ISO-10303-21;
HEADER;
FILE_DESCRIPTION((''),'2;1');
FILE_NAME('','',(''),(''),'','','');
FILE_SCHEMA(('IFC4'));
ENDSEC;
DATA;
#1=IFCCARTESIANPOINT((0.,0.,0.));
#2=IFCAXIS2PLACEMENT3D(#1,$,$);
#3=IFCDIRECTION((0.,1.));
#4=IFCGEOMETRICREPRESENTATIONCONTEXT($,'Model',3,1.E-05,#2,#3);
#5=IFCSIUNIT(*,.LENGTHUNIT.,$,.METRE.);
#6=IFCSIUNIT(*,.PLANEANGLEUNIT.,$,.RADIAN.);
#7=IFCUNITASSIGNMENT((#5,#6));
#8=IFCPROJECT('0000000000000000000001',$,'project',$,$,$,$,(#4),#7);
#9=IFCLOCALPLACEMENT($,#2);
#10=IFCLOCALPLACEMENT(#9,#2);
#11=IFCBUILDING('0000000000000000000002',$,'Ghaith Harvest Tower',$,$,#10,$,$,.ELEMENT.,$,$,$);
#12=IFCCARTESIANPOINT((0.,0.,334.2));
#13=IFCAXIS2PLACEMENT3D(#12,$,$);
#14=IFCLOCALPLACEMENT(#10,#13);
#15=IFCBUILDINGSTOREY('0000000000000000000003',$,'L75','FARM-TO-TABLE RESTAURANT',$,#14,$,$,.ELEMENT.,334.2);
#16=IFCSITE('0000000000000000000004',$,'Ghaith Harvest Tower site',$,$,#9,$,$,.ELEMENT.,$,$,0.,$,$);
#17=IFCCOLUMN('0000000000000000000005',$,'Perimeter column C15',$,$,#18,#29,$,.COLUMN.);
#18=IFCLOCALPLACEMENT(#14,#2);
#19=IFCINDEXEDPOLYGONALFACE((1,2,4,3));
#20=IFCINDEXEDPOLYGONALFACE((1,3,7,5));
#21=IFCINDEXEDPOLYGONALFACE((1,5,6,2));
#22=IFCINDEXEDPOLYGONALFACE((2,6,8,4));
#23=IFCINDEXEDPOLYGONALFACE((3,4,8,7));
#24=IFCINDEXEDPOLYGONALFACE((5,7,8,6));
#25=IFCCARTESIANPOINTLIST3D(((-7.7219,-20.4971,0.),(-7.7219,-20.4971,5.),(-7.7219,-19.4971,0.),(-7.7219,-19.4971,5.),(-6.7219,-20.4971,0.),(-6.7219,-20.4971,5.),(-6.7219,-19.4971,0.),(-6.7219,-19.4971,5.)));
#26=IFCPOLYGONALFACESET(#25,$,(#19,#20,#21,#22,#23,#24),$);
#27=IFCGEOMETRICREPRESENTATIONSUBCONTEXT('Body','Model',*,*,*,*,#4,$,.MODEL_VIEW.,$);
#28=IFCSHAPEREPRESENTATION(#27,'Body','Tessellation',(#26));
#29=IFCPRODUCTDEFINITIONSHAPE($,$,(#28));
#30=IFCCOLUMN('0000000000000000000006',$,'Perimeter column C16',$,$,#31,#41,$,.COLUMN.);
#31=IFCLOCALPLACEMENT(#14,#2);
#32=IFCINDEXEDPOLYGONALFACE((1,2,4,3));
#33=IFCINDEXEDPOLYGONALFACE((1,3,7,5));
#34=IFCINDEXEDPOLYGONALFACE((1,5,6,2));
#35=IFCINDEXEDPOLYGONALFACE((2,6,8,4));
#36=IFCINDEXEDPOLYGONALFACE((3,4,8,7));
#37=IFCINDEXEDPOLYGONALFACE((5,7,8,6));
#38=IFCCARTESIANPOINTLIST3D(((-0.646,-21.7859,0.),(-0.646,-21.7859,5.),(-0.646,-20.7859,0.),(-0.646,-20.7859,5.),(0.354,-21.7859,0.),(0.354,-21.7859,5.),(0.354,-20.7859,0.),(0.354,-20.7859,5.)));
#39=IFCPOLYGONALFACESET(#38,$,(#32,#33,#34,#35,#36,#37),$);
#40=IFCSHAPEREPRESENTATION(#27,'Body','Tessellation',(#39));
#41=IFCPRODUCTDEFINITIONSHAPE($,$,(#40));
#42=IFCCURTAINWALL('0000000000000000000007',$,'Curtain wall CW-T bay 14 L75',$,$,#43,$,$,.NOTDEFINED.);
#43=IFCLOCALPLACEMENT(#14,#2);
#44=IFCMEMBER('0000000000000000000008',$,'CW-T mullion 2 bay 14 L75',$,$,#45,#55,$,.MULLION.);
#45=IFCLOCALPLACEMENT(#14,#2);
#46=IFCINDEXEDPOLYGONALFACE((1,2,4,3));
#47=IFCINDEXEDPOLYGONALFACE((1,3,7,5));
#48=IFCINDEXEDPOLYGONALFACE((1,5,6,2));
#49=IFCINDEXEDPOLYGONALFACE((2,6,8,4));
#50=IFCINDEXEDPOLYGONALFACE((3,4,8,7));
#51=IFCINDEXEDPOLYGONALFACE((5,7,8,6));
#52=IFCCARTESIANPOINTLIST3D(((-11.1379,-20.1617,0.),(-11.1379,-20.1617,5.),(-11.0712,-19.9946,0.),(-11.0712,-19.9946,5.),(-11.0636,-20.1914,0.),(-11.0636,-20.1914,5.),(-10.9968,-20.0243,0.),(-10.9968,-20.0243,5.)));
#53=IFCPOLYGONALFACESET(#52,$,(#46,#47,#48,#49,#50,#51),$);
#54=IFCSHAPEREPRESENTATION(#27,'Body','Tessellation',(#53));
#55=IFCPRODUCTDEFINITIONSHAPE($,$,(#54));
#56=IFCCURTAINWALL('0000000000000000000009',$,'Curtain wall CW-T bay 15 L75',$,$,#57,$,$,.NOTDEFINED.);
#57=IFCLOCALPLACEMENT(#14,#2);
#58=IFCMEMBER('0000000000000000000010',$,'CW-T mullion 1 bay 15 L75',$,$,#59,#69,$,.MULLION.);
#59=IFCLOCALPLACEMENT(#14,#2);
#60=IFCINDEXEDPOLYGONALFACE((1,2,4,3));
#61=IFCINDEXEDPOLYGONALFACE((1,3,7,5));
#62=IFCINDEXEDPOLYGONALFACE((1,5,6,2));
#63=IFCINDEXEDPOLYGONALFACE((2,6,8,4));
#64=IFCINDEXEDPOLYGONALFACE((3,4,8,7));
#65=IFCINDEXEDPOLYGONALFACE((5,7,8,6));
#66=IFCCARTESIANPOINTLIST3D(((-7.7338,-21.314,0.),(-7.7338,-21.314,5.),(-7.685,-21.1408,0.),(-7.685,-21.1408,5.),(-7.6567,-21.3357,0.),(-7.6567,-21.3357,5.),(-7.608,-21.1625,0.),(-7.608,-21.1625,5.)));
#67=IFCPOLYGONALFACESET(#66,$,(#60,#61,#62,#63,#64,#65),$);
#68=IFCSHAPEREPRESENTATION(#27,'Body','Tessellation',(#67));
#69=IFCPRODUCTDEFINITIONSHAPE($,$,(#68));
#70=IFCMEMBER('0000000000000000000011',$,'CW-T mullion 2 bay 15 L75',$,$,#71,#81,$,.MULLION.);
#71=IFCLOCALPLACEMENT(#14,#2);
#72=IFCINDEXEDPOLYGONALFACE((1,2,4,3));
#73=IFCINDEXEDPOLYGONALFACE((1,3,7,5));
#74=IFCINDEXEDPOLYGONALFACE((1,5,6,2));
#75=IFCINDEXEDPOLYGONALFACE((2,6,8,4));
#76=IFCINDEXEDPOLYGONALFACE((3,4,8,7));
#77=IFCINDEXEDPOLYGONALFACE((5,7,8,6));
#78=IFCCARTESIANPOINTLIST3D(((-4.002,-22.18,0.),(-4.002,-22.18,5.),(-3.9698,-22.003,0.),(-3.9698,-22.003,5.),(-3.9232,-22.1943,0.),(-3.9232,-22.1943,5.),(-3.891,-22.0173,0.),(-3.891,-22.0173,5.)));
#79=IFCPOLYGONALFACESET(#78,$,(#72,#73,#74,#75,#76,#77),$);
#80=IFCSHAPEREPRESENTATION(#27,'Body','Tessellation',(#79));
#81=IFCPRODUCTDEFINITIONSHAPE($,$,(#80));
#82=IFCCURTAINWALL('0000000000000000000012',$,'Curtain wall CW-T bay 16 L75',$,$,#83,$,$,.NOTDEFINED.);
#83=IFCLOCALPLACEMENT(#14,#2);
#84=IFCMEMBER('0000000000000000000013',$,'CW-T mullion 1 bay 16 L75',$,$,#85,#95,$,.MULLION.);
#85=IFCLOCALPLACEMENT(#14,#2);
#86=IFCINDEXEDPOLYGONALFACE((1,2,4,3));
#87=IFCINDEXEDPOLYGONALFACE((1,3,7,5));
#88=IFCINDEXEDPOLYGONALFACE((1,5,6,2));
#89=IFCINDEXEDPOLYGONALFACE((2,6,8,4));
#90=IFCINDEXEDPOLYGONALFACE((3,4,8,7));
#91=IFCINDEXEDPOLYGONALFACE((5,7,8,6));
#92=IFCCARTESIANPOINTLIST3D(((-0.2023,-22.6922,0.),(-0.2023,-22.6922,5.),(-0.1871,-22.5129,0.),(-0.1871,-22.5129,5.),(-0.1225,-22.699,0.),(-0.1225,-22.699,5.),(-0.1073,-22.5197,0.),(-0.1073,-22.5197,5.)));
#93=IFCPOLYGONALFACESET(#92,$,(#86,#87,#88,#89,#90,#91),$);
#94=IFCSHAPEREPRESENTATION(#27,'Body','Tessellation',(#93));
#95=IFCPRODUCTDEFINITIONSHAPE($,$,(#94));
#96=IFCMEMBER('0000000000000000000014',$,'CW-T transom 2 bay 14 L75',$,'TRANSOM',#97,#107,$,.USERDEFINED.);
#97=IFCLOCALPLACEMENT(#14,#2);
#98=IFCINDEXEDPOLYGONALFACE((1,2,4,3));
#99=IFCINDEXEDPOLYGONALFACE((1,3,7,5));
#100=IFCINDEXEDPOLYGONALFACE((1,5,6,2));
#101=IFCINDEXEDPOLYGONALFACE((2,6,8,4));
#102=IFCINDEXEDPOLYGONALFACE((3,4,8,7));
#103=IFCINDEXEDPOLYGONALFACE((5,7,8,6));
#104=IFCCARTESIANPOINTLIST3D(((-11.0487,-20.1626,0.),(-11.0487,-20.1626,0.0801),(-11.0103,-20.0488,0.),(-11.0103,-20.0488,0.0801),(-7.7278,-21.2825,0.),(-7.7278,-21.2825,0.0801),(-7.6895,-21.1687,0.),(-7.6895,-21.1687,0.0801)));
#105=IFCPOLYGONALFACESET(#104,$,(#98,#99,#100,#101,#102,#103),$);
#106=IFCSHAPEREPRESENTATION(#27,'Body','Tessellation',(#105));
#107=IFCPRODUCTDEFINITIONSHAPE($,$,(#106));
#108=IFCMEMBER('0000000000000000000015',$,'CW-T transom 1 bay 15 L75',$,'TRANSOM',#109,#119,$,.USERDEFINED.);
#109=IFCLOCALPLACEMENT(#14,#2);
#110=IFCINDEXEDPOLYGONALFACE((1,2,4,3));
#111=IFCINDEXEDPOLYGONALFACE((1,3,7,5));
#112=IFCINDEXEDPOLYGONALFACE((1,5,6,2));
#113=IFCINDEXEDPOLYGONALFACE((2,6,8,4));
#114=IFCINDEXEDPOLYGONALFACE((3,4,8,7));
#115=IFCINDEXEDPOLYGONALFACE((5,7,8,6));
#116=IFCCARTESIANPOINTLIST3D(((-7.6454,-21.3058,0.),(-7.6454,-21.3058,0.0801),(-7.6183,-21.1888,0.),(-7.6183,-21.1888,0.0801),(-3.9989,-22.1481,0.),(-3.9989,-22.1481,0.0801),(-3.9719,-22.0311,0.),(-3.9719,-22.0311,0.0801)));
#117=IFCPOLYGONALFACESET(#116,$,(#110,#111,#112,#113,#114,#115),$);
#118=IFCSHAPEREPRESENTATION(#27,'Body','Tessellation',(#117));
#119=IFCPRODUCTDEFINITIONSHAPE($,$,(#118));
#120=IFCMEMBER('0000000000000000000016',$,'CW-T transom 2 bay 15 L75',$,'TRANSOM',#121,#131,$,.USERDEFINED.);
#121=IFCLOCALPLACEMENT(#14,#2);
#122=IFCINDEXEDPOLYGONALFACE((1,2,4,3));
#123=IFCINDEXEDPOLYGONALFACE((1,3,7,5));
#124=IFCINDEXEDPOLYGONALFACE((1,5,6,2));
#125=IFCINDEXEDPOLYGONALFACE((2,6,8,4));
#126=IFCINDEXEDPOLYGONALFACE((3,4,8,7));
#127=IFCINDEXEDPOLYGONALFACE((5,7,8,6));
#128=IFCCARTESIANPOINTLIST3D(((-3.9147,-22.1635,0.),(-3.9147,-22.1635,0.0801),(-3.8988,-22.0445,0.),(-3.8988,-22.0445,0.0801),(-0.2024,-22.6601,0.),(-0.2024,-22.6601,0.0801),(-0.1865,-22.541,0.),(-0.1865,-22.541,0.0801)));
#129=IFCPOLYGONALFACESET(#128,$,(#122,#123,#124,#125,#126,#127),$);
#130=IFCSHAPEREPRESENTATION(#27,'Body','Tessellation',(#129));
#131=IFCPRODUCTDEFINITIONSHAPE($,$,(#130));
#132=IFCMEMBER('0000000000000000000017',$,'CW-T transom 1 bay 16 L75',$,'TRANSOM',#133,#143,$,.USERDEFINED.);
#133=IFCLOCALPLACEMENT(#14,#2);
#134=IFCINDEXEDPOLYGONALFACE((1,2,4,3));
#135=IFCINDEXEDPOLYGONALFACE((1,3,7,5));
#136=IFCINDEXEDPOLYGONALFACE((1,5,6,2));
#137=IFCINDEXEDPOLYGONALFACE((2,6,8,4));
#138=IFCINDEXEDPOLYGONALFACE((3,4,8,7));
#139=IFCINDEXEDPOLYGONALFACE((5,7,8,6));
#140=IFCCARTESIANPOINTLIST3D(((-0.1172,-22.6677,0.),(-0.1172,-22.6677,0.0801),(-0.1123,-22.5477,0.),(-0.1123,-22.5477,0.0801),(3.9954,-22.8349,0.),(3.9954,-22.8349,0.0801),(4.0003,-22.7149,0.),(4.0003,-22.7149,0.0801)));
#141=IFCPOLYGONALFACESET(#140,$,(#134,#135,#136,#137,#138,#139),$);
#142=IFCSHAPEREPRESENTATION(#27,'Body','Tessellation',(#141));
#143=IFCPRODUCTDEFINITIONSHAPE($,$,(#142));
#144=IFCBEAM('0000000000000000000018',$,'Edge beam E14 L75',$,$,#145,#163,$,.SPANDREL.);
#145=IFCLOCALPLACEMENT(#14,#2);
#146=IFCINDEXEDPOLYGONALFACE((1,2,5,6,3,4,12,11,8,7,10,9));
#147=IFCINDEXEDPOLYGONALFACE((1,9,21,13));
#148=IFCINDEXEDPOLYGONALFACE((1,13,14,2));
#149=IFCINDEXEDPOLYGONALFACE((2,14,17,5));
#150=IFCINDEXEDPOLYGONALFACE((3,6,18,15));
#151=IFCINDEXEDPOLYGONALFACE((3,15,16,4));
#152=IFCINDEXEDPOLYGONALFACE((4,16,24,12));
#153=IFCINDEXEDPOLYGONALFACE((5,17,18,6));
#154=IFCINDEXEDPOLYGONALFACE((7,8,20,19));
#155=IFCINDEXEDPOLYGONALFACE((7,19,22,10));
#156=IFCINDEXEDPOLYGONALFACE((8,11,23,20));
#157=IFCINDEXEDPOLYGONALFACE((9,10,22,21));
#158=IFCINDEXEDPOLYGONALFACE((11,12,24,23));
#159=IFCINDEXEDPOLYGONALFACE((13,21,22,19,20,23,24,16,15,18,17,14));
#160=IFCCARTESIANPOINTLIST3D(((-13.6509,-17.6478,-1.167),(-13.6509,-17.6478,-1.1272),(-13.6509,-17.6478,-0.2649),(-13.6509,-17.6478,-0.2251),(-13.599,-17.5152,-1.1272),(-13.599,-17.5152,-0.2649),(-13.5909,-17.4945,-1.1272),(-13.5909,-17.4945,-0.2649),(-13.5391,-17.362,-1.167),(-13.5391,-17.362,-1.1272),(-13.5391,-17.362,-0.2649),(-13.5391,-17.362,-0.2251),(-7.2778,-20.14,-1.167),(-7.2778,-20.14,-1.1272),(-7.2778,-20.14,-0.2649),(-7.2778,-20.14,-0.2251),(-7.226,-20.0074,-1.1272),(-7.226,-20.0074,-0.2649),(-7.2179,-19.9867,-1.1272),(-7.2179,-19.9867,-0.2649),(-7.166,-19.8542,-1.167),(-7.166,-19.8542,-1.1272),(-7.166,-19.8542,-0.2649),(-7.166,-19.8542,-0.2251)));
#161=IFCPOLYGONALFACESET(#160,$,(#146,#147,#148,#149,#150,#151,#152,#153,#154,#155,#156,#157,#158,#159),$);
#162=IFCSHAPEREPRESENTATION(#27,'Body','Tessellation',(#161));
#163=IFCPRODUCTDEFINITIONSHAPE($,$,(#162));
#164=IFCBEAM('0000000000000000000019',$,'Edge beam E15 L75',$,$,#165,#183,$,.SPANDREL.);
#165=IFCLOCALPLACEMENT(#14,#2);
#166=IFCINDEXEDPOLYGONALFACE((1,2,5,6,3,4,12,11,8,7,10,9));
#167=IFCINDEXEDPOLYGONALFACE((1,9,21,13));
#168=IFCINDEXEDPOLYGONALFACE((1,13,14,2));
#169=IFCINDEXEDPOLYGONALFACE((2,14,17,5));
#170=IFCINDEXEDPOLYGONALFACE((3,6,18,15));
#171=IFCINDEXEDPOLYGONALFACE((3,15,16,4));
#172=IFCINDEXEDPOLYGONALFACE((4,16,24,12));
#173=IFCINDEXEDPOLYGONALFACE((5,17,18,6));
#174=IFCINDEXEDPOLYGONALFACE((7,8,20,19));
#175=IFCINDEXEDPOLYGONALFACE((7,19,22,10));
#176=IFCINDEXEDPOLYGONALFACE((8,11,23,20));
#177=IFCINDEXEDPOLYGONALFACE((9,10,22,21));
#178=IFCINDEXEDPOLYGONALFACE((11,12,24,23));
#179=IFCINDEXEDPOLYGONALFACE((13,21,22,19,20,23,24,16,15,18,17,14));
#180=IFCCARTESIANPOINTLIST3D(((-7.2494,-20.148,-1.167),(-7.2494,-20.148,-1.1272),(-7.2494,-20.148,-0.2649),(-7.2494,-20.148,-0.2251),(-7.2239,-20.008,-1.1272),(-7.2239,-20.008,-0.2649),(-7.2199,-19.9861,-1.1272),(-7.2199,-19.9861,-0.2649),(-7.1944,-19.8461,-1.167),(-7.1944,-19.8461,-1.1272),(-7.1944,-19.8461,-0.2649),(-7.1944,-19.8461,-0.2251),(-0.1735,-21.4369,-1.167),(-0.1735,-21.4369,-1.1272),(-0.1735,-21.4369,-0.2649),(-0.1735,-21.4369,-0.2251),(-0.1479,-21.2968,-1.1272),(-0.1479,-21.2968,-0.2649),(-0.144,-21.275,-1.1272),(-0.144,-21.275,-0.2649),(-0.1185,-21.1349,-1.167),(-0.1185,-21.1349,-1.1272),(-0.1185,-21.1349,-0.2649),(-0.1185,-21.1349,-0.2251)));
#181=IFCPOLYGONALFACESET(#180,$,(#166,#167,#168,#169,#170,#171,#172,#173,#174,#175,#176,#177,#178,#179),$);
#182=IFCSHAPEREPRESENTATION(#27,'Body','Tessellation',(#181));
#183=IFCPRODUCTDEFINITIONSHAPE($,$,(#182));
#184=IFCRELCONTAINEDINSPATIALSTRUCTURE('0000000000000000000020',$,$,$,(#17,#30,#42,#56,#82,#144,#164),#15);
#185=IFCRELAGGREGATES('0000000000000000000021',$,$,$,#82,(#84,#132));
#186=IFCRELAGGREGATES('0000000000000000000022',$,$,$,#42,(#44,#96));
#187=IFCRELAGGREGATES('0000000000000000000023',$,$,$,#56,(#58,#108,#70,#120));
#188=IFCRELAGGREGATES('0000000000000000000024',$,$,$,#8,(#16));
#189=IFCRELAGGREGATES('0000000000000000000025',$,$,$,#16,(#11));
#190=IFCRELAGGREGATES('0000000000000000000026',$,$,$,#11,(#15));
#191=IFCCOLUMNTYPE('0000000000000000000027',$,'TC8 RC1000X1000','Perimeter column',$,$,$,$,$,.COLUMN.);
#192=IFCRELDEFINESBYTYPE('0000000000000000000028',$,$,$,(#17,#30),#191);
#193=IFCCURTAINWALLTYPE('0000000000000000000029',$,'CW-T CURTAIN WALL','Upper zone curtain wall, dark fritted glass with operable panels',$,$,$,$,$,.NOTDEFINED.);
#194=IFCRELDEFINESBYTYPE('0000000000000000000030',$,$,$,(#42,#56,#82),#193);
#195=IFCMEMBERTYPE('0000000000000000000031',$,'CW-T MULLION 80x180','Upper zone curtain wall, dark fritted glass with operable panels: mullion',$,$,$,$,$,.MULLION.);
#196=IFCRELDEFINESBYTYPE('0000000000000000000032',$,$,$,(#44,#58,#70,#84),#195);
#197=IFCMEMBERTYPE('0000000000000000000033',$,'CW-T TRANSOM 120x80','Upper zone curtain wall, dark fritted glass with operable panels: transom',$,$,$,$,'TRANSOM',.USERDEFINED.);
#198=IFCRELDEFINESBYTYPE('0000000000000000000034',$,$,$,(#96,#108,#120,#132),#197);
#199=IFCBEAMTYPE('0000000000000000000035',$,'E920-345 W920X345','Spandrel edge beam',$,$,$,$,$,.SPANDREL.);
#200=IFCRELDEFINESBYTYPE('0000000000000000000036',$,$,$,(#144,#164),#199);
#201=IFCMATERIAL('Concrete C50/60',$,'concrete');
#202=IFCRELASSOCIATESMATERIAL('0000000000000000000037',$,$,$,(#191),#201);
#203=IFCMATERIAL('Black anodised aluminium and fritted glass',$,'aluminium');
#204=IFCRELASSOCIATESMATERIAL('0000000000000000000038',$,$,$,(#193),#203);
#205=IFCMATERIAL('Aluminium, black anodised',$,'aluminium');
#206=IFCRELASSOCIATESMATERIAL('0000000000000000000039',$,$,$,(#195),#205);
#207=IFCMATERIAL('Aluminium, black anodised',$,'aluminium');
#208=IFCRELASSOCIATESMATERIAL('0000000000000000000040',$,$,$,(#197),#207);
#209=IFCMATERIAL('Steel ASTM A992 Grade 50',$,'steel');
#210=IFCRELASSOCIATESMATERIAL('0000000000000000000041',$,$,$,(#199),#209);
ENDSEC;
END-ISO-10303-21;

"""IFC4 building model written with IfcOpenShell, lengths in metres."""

from ifc_helpers import new_model, si_unit, direction, frame, origin, origin_2d, place, context, subcontext, project, spatial, rectangle, i_section, extrude, material, material_profile, profile_set, type_object, element, aggregate, save


model = new_model("IFC4")

# Units and contexts
model_context = context("Model", 3, precision=1e-05, world=origin(), true_north=direction((0.0, 1.0)))
body_context = subcontext(model_context, "Body", "Model", "MODEL_VIEW")
ifc_project = project(units=[si_unit("LENGTHUNIT", "METRE"), si_unit("PLANEANGLEUNIT", "RADIAN")], contexts=[model_context])

# Site, building, storey
site_placement = place(None, origin())
site = spatial("IfcSite", under=ifc_project, at=site_placement, Name="Ghaith Harvest Tower site", CompositionType="ELEMENT", RefElevation=0.0)
building_placement = place(site_placement, origin())
building = spatial("IfcBuilding", under=site, at=building_placement, Name="Ghaith Harvest Tower", CompositionType="ELEMENT")
storey_placement = place(building_placement, frame((0.0, 0.0, 334.2)))
storey = spatial("IfcBuildingStorey", under=building, at=storey_placement, Name="L75", Description="FARM-TO-TABLE RESTAURANT", CompositionType="ELEMENT", Elevation=334.2)

# Columns
ifc_material_1 = material(Name="Concrete C50/60", Category="concrete")
ifc_material_profile_1 = material_profile(ifc_material_1, rectangle(XDim=1.0, YDim=1.0, at=origin_2d()), Name="RC1000X1000")
ifc_profile_set_1 = profile_set([ifc_material_profile_1], Name="Concrete C50/60")
column_type = type_object("IfcColumnType", Name="TC8 RC1000X1000", Description="Perimeter column", PredefinedType="COLUMN", material=ifc_profile_set_1)
for number, where, z_axis, x_axis, name in (
    (1, (-7.2219, -19.9971, 0.0), (0.0, 0.0, 1.0), (1.0, 0.0, 0.0), "Perimeter column C15"),
    (2, (-0.146, -21.2859, 0.0), (0.0, 0.0, 1.0), (1.0, 0.0, 0.0), "Perimeter column C16"),
):
    element("IfcColumn", number, at=place(storey_placement, frame(where, z_axis=z_axis, x_axis=x_axis)), inside=storey, type_object=column_type, Name=name, PredefinedType="COLUMN", context=body_context, shape_type="SweptSolid", body=[
        extrude(rectangle(XDim=1.0, YDim=1.0, at=origin_2d()), origin(), (0.0, 0.0, 1.0), 5.0),
    ])

# Curtain wall, member
ifc_material_2 = material(Name="Black anodised aluminium and fritted glass", Category="aluminium")
curtain_wall_type = type_object("IfcCurtainWallType", Name="CW-T CURTAIN WALL", Description="Upper zone curtain wall, dark fritted glass with operable panels", PredefinedType="NOTDEFINED", material=ifc_material_2)
curtain_wall_1_placement = place(storey_placement, origin())
curtain_wall_1 = element("IfcCurtainWall", 3, at=curtain_wall_1_placement, inside=storey, type_object=curtain_wall_type, Name="Curtain wall CW-T bay 14 L75", PredefinedType="NOTDEFINED")
ifc_material_3 = material(Name="Aluminium, black anodised", Category="aluminium")
ifc_material_profile_2 = material_profile(ifc_material_3, rectangle(XDim=0.0801, YDim=0.1799, at=origin_2d()), Name="CW-T MULLION 80x180")
ifc_profile_set_2 = profile_set([ifc_material_profile_2], Name="Aluminium, black anodised")
member_type_1 = type_object("IfcMemberType", Name="CW-T MULLION 80x180", Description="Upper zone curtain wall, dark fritted glass with operable panels: mullion", PredefinedType="MULLION", material=ifc_profile_set_2)
member_1_placement = place(storey_placement, frame((-11.0674, -20.093, 0.0), z_axis=(0.0, 0.0, 1.0), x_axis=(0.928624, -0.371021, 0.0)))
member_1 = element("IfcMember", 4, at=member_1_placement, type_object=member_type_1, Name="CW-T mullion 2 bay 14 L75", PredefinedType="MULLION", context=body_context, shape_type="SweptSolid", body=[
    extrude(rectangle(XDim=0.0801, YDim=0.1799, at=origin_2d()), origin(), (0.0, 0.0, 1.0), 5.0),
])

# Curtain wall, members
curtain_wall_2_placement = place(storey_placement, origin())
curtain_wall_2 = element("IfcCurtainWall", 5, at=curtain_wall_2_placement, inside=storey, type_object=curtain_wall_type, Name="Curtain wall CW-T bay 15 L75", PredefinedType="NOTDEFINED")
member_2_placement = place(storey_placement, frame((-7.6709, -21.2383, 0.0), z_axis=(0.0, 0.0, 1.0), x_axis=(0.962552, -0.271095, 0.0)))
member_2 = element("IfcMember", 6, at=member_2_placement, type_object=member_type_1, Name="CW-T mullion 1 bay 15 L75", PredefinedType="MULLION", context=body_context, shape_type="SweptSolid", body=[
    extrude(rectangle(XDim=0.0801, YDim=0.1799, at=origin_2d()), origin(), (0.0, 0.0, 1.0), 5.0),
])
member_3_placement = place(storey_placement, frame((-3.9465, -22.0986, 0.0), z_axis=(0.0, 0.0, 1.0), x_axis=(0.983843, -0.179031, 0.0)))
member_3 = element("IfcMember", 7, at=member_3_placement, type_object=member_type_1, Name="CW-T mullion 2 bay 15 L75", PredefinedType="MULLION", context=body_context, shape_type="SweptSolid", body=[
    extrude(rectangle(XDim=0.0801, YDim=0.1799, at=origin_2d()), origin(), (0.0, 0.0, 1.0), 5.0),
])

# Curtain wall, member
curtain_wall_3_placement = place(storey_placement, origin())
curtain_wall_3 = element("IfcCurtainWall", 8, at=curtain_wall_3_placement, inside=storey, type_object=curtain_wall_type, Name="Curtain wall CW-T bay 16 L75", PredefinedType="NOTDEFINED")
member_4_placement = place(storey_placement, frame((-0.1548, -22.606, 0.0), z_axis=(0.0, 0.0, 1.0), x_axis=(0.996415, -0.084602, 0.0)))
member_4 = element("IfcMember", 9, at=member_4_placement, type_object=member_type_1, Name="CW-T mullion 1 bay 16 L75", PredefinedType="MULLION", context=body_context, shape_type="SweptSolid", body=[
    extrude(rectangle(XDim=0.0801, YDim=0.1799, at=origin_2d()), origin(), (0.0, 0.0, 1.0), 5.0),
])

# Members
ifc_material_4 = material(Name="Aluminium, black anodised", Category="aluminium")
ifc_material_profile_3 = material_profile(ifc_material_4, rectangle(XDim=0.1201, YDim=0.0801, at=origin_2d()), Name="CW-T TRANSOM 120x80")
ifc_profile_set_3 = profile_set([ifc_material_profile_3], Name="Aluminium, black anodised")
member_type_2 = type_object("IfcMemberType", Name="CW-T TRANSOM 120x80", Description="Upper zone curtain wall, dark fritted glass with operable panels: transom", ElementType="TRANSOM", PredefinedType="USERDEFINED", material=ifc_profile_set_3)
member_5_placement = place(storey_placement, frame((-11.0295, -20.1057, 0.04), z_axis=(0.94757, -0.319549, 0.0), x_axis=(0.319549, 0.94757, 0.0)))
member_5 = element("IfcMember", 10, at=member_5_placement, type_object=member_type_2, Name="CW-T transom 2 bay 14 L75", ObjectType="TRANSOM", PredefinedType="USERDEFINED", context=body_context, shape_type="SweptSolid", body=[
    extrude(rectangle(XDim=0.1201, YDim=0.0801, at=origin_2d()), origin(), (0.0, 0.0, 1.0), 3.5046),
])
member_6_placement = place(storey_placement, frame((-7.6318, -21.2473, 0.04), z_axis=(0.974345, -0.22506, 0.0), x_axis=(0.22506, 0.974345, 0.0)))
member_6 = element("IfcMember", 11, at=member_6_placement, type_object=member_type_2, Name="CW-T transom 1 bay 15 L75", ObjectType="TRANSOM", PredefinedType="USERDEFINED", context=body_context, shape_type="SweptSolid", body=[
    extrude(rectangle(XDim=0.1201, YDim=0.0801, at=origin_2d()), origin(), (0.0, 0.0, 1.0), 3.7424),
])
member_7_placement = place(storey_placement, frame((-3.9067, -22.104, 0.04), z_axis=(0.991172, -0.132582, 0.0), x_axis=(0.132582, 0.991172, 0.0)))
member_7 = element("IfcMember", 12, at=member_7_placement, type_object=member_type_2, Name="CW-T transom 2 bay 15 L75", ObjectType="TRANSOM", PredefinedType="USERDEFINED", context=body_context, shape_type="SweptSolid", body=[
    extrude(rectangle(XDim=0.1201, YDim=0.0801, at=origin_2d()), origin(), (0.0, 0.0, 1.0), 3.7454),
])
member_8_placement = place(storey_placement, frame((-0.1147, -22.6077, 0.04), z_axis=(0.999174, -0.040631, 0.0), x_axis=(0.040631, 0.999174, 0.0)))
member_8 = element("IfcMember", 13, at=member_8_placement, type_object=member_type_2, Name="CW-T transom 1 bay 16 L75", ObjectType="TRANSOM", PredefinedType="USERDEFINED", context=body_context, shape_type="SweptSolid", body=[
    extrude(rectangle(XDim=0.1201, YDim=0.0801, at=origin_2d()), origin(), (0.0, 0.0, 1.0), 4.116),
])
aggregate(curtain_wall_3, [member_4, member_8])

# Beams
ifc_material_5 = material(Name="Steel ASTM A992 Grade 50", Category="steel")
ifc_material_profile_4 = material_profile(ifc_material_5, i_section(OverallWidth=0.3069, OverallDepth=0.9419, WebThickness=0.0222, FlangeThickness=0.0398, at=origin_2d()), Name="W920X345")
ifc_profile_set_4 = profile_set([ifc_material_profile_4], Name="Steel ASTM A992 Grade 50")
beam_type_1 = type_object("IfcBeamType", Name="E920-345 W920X345", Description="Spandrel edge beam", PredefinedType="SPANDREL", material=ifc_profile_set_4)
beam_1_placement = place(storey_placement, frame((-13.595, -17.5049, -0.696), z_axis=(0.931323, -0.364195, 0.0), x_axis=(0.364195, 0.931323, 0.0)))
element("IfcBeam", 14, at=beam_1_placement, inside=storey, type_object=beam_type_1, Name="Edge beam E14 L75", PredefinedType="SPANDREL", context=body_context, shape_type="SweptSolid", body=[
    extrude(i_section(OverallWidth=0.3069, OverallDepth=0.9419, WebThickness=0.0222, FlangeThickness=0.0398, at=origin_2d()), origin(), (0.0, 0.0, 1.0), 6.843),
])
beam_2_placement = place(storey_placement, frame((-7.2219, -19.9971, -0.696), z_axis=(0.983814, -0.179193, 0.0), x_axis=(0.179193, 0.983814, 0.0)))
element("IfcBeam", 15, at=beam_2_placement, inside=storey, type_object=beam_type_1, Name="Edge beam E15 L75", PredefinedType="SPANDREL", context=body_context, shape_type="SweptSolid", body=[
    extrude(i_section(OverallWidth=0.3069, OverallDepth=0.9419, WebThickness=0.0222, FlangeThickness=0.0398, at=origin_2d()), origin(), (0.0, 0.0, 1.0), 7.1924),
])

aggregate(curtain_wall_1, [member_1, member_5])
aggregate(curtain_wall_2, [member_2, member_6, member_3, member_7])

save(model, "model.ifc")
